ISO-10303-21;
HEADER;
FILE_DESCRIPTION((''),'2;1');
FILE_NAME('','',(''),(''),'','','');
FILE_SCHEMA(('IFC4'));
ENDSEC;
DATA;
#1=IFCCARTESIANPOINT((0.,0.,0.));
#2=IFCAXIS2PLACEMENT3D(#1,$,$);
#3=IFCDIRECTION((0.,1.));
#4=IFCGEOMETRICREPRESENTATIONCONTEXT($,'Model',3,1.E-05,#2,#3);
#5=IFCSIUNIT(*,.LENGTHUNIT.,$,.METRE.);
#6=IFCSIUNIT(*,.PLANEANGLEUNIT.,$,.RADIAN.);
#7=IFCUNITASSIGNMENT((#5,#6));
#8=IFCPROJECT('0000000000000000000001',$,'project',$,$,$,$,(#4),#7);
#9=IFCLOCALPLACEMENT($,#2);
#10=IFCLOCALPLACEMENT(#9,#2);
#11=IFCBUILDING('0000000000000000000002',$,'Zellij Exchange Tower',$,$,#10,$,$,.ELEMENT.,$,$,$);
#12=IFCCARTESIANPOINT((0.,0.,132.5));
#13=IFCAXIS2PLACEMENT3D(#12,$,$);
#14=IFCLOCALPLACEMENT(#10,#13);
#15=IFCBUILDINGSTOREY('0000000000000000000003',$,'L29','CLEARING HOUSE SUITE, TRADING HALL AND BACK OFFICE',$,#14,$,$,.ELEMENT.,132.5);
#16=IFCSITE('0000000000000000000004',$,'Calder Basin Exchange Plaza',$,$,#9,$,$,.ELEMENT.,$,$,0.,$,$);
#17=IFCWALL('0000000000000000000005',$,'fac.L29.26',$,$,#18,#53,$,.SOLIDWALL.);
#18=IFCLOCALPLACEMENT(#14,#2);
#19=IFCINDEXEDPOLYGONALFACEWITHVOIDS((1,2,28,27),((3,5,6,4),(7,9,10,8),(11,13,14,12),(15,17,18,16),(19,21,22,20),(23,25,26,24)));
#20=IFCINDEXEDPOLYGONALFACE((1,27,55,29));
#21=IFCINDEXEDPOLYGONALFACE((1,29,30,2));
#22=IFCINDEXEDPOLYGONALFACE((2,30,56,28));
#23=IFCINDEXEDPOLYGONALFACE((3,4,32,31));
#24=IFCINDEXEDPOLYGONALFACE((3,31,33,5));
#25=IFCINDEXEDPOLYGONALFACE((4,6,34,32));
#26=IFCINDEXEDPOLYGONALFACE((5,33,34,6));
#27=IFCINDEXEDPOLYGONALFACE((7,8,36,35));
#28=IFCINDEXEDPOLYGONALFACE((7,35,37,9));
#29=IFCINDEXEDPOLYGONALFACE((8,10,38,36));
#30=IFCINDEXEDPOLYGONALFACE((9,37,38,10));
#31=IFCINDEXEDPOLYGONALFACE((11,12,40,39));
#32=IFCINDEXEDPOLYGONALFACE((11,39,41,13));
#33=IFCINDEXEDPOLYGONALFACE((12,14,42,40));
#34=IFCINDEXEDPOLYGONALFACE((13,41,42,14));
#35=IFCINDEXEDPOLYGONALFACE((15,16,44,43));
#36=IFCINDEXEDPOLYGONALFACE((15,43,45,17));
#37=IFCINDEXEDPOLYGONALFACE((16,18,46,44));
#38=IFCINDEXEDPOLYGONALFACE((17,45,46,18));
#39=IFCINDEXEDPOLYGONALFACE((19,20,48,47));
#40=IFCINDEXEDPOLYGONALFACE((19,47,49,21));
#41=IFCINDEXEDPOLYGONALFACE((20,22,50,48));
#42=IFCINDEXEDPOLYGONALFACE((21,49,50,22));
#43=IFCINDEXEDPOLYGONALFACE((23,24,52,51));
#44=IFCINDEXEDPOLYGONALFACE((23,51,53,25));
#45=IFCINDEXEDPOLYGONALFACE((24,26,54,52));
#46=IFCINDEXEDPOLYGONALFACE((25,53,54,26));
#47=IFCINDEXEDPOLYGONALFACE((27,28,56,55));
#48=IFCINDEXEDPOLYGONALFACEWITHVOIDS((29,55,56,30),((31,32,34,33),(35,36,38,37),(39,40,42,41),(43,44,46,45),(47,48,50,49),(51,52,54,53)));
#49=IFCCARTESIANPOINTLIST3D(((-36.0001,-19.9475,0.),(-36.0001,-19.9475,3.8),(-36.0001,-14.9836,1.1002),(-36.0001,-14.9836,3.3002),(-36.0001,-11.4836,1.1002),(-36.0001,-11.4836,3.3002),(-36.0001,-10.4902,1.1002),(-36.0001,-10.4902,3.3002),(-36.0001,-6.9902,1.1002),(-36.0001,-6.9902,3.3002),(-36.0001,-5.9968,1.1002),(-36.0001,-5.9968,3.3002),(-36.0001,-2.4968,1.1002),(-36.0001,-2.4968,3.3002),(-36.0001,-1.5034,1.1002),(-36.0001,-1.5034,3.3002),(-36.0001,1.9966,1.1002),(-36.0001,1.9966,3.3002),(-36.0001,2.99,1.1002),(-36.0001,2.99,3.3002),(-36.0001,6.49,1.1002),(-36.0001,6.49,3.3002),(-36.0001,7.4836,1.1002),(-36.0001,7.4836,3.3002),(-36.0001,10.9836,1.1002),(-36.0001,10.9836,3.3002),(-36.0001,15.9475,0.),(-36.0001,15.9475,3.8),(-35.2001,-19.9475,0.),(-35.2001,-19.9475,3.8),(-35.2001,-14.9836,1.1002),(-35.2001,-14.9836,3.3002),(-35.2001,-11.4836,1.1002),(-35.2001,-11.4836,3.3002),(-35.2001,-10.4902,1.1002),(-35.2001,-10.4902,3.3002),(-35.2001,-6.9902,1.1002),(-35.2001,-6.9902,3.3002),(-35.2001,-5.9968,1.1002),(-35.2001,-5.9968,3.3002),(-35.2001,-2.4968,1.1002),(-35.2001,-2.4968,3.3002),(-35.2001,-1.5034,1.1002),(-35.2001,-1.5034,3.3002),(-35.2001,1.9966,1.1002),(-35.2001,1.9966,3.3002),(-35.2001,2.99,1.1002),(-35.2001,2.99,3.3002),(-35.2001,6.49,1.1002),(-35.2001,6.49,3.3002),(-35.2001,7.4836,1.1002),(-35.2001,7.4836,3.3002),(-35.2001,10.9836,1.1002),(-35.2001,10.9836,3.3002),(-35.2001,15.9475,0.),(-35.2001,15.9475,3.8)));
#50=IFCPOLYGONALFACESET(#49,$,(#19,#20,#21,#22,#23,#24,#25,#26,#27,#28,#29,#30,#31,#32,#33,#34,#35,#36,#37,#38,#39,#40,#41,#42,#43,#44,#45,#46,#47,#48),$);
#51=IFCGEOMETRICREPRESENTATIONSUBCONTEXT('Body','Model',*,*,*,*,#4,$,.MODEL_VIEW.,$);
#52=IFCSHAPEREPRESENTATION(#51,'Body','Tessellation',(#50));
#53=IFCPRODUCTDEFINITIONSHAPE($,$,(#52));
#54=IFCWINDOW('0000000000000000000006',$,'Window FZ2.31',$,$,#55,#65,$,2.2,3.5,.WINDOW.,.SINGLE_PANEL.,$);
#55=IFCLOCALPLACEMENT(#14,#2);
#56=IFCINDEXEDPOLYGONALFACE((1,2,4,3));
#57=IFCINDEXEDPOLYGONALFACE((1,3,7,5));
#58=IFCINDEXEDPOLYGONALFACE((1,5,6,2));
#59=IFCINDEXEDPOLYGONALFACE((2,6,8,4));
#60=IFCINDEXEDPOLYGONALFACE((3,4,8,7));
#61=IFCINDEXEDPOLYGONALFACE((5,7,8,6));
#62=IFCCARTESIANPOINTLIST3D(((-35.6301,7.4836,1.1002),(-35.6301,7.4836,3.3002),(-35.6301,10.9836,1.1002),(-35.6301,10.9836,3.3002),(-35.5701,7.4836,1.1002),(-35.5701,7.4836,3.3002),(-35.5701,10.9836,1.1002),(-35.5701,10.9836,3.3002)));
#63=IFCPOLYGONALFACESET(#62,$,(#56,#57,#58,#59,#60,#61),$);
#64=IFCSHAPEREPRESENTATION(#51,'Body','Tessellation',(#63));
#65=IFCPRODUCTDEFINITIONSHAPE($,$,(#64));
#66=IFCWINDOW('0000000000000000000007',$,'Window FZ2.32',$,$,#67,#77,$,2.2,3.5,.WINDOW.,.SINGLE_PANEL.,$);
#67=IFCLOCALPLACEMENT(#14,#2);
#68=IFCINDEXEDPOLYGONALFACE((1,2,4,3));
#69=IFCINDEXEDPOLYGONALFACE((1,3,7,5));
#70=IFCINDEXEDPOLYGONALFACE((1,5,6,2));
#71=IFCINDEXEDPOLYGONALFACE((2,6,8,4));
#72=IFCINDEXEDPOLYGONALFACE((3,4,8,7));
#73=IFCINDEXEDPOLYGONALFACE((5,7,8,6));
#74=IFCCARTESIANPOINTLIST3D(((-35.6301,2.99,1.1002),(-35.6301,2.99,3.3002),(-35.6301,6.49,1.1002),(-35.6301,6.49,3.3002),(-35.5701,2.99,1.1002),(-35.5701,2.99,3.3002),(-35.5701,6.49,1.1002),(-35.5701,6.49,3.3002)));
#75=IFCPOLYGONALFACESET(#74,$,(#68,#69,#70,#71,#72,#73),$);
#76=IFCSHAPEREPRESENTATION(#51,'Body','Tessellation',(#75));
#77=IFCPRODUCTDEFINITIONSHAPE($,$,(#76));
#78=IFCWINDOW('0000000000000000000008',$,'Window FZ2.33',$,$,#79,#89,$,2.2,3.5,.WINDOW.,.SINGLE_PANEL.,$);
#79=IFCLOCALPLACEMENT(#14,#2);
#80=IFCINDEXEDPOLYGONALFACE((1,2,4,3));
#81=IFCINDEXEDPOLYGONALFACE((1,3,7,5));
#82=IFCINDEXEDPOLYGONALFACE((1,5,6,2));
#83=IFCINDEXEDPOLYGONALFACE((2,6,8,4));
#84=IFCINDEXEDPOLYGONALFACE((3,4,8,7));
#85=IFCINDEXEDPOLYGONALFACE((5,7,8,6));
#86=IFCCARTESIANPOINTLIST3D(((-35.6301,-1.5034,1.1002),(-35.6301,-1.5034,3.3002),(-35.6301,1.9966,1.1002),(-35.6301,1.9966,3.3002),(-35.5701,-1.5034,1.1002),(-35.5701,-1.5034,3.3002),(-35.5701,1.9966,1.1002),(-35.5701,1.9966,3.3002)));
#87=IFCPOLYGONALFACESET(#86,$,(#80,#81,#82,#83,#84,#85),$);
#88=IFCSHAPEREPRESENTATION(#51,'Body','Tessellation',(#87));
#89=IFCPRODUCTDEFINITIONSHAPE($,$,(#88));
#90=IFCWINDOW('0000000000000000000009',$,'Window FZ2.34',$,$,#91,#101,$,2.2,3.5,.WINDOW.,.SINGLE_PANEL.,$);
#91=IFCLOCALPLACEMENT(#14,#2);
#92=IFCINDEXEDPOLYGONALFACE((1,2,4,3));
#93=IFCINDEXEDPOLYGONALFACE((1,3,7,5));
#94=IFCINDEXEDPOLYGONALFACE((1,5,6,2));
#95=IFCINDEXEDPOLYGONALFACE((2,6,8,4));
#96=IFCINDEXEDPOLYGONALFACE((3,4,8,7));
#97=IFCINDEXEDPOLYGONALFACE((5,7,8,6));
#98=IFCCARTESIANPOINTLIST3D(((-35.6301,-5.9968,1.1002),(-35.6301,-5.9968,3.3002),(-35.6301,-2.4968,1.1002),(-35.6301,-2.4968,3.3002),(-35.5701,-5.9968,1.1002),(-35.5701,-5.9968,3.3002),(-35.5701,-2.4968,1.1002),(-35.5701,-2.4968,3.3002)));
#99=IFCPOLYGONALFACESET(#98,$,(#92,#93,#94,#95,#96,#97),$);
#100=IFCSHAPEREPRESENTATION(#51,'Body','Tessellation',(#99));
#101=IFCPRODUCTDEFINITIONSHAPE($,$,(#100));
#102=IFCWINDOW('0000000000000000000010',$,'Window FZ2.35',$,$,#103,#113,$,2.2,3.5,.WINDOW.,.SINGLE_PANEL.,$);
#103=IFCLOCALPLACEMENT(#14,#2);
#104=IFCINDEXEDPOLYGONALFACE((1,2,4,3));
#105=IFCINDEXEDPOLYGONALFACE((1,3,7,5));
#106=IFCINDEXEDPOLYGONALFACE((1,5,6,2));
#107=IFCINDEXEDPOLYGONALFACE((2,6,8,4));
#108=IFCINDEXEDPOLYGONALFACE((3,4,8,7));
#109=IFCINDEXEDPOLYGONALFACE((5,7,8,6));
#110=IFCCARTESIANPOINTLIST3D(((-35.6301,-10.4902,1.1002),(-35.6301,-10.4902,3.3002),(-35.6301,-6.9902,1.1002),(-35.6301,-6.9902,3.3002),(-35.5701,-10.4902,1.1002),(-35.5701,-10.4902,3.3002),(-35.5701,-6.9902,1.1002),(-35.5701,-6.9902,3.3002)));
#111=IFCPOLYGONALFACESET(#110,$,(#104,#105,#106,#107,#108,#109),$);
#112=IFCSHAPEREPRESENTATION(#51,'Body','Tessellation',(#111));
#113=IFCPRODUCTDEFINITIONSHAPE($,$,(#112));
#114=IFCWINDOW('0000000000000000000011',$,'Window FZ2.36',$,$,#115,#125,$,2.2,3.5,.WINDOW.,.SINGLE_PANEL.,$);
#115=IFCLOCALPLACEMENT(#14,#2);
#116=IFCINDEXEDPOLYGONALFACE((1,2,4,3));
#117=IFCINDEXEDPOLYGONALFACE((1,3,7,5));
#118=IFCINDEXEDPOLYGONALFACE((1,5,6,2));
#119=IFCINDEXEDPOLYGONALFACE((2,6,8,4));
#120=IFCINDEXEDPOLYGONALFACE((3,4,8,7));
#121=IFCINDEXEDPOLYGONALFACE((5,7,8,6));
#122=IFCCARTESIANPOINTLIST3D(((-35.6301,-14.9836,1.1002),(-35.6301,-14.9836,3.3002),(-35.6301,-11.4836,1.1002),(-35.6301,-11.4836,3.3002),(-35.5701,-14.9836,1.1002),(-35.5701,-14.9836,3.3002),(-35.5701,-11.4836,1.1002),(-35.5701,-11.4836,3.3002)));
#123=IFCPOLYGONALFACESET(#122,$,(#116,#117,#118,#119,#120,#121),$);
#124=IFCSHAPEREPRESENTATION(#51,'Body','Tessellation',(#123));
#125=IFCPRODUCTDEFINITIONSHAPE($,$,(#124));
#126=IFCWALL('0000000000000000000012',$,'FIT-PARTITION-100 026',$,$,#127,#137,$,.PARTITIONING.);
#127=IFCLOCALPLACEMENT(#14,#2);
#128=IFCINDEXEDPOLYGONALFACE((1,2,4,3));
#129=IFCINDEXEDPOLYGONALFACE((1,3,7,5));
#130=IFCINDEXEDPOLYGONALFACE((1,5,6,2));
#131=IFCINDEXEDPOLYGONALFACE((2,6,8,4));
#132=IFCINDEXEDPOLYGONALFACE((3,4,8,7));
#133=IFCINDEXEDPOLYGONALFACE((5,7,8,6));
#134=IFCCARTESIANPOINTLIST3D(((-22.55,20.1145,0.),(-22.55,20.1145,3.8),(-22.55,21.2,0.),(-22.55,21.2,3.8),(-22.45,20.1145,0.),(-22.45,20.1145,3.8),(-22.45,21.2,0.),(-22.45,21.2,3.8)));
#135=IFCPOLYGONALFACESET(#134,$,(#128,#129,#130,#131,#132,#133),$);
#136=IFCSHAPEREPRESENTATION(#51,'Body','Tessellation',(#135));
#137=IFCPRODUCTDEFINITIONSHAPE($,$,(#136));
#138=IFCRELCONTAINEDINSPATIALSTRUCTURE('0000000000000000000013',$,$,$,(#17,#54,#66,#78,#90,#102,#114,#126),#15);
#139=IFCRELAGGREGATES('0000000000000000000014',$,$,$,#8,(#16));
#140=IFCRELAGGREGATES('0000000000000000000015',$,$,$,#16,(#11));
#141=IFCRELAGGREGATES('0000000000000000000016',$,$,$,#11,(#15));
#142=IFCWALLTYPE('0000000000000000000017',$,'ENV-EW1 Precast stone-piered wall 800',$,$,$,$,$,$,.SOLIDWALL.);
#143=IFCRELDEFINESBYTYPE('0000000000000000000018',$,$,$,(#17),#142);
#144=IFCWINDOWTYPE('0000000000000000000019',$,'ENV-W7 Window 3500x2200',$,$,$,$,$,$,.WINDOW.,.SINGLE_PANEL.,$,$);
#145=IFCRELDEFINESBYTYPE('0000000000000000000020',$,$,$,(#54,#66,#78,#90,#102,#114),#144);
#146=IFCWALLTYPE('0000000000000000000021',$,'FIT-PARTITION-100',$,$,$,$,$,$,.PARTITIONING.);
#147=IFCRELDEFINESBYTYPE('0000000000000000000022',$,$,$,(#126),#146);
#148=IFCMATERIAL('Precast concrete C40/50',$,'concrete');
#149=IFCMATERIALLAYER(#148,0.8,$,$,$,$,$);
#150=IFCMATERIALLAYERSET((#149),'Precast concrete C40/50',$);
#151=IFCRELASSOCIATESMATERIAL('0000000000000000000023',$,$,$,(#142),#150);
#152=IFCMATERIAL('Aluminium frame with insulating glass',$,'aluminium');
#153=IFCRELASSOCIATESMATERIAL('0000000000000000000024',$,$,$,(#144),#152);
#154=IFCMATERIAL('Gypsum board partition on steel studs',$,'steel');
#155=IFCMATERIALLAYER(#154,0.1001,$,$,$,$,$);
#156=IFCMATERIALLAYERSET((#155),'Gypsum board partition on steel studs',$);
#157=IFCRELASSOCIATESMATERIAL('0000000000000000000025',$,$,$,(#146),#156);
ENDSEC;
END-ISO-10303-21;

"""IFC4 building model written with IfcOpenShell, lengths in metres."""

from ifc_helpers import new_model, si_unit, direction, frame, frame_2d, origin, place, context, subcontext, project, spatial, rectangle, extrude, material, layer, layer_set, type_object, element, fill, save


model = new_model("IFC4")

# Units and contexts
model_context = context("Model", 3, precision=1e-05, world=origin(), true_north=direction((0.0, 1.0)))
body_context = subcontext(model_context, "Body", "Model", "MODEL_VIEW")
ifc_project = project(units=[si_unit("LENGTHUNIT", "METRE"), si_unit("PLANEANGLEUNIT", "RADIAN")], contexts=[model_context])

# Site, building, storey
site_placement = place(None, origin())
site = spatial("IfcSite", under=ifc_project, at=site_placement, Name="Calder Basin Exchange Plaza", CompositionType="ELEMENT", RefElevation=0.0)
building_placement = place(site_placement, origin())
building = spatial("IfcBuilding", under=site, at=building_placement, Name="Zellij Exchange Tower", CompositionType="ELEMENT")
storey_placement = place(building_placement, frame((0.0, 0.0, 132.5)))
storey = spatial("IfcBuildingStorey", under=building, at=storey_placement, Name="L29", Description="CLEARING HOUSE SUITE, TRADING HALL AND BACK OFFICE", CompositionType="ELEMENT", Elevation=132.5)

# Shared definitions
ifc_material_1 = material(Name="Precast concrete C40/50", Category="concrete")
ifc_layer_1 = layer(ifc_material_1, 0.8)
ifc_layer_set_1 = layer_set([ifc_layer_1], Name="Precast concrete C40/50")
wall_type_1 = type_object("IfcWallType", Name="ENV-EW1 Precast stone-piered wall 800", PredefinedType="SOLIDWALL", material=ifc_layer_set_1)

# Wall, openings, windows
wall_1_placement = place(storey_placement, frame((-35.6001, 15.9475, 0.0), z_axis=(0.0, 0.0, 1.0), x_axis=(0.0, -1.0, 0.0)))
wall_1 = element("IfcWall", 1, at=wall_1_placement, inside=storey, type_object=wall_type_1, Name="fac.L29.26", PredefinedType="SOLIDWALL", context=body_context, shape_type="SweptSolid", body=[
    extrude(rectangle(XDim=35.895, YDim=0.8, at=frame_2d((17.9475, 0.0))), origin(), (0.0, 0.0, 1.0), 3.8),
])
opening_1_placement = place(wall_1_placement, frame((4.9639, 0.0, 1.1001)))
opening_1 = element("IfcOpeningElement", 2, at=opening_1_placement, cuts=wall_1, PredefinedType="OPENING", context=body_context, shape_type="SweptSolid", body=[
    extrude(rectangle(XDim=3.5, YDim=2.2, at=frame_2d((1.75, 1.1001))), frame((0.0, 0.4121, 0.0), z_axis=(0.0, -1.0, 0.0), x_axis=(1.0, 0.0, 0.0)), (0.0, 0.0, 1.0), 0.824),
])
opening_2_placement = place(wall_1_placement, frame((9.4575, 0.0, 1.1001)))
opening_2 = element("IfcOpeningElement", 3, at=opening_2_placement, cuts=wall_1, PredefinedType="OPENING", context=body_context, shape_type="SweptSolid", body=[
    extrude(rectangle(XDim=3.5, YDim=2.2, at=frame_2d((1.75, 1.1001))), frame((0.0, 0.4121, 0.0), z_axis=(0.0, -1.0, 0.0), x_axis=(1.0, 0.0, 0.0)), (0.0, 0.0, 1.0), 0.824),
])
opening_3_placement = place(wall_1_placement, frame((13.9509, 0.0, 1.1001)))
opening_3 = element("IfcOpeningElement", 4, at=opening_3_placement, cuts=wall_1, PredefinedType="OPENING", context=body_context, shape_type="SweptSolid", body=[
    extrude(rectangle(XDim=3.5, YDim=2.2, at=frame_2d((1.75, 1.1001))), frame((0.0, 0.4121, 0.0), z_axis=(0.0, -1.0, 0.0), x_axis=(1.0, 0.0, 0.0)), (0.0, 0.0, 1.0), 0.824),
])
opening_4_placement = place(wall_1_placement, frame((18.4443, 0.0, 1.1001)))
opening_4 = element("IfcOpeningElement", 5, at=opening_4_placement, cuts=wall_1, PredefinedType="OPENING", context=body_context, shape_type="SweptSolid", body=[
    extrude(rectangle(XDim=3.5, YDim=2.2, at=frame_2d((1.75, 1.1001))), frame((0.0, 0.4121, 0.0), z_axis=(0.0, -1.0, 0.0), x_axis=(1.0, 0.0, 0.0)), (0.0, 0.0, 1.0), 0.824),
])
opening_5_placement = place(wall_1_placement, frame((22.9377, 0.0, 1.1001)))
opening_5 = element("IfcOpeningElement", 6, at=opening_5_placement, cuts=wall_1, PredefinedType="OPENING", context=body_context, shape_type="SweptSolid", body=[
    extrude(rectangle(XDim=3.5, YDim=2.2, at=frame_2d((1.75, 1.1001))), frame((0.0, 0.4121, 0.0), z_axis=(0.0, -1.0, 0.0), x_axis=(1.0, 0.0, 0.0)), (0.0, 0.0, 1.0), 0.824),
])
opening_6_placement = place(wall_1_placement, frame((27.4312, 0.0, 1.1001)))
opening_6 = element("IfcOpeningElement", 7, at=opening_6_placement, cuts=wall_1, PredefinedType="OPENING", context=body_context, shape_type="SweptSolid", body=[
    extrude(rectangle(XDim=3.5, YDim=2.2, at=frame_2d((1.75, 1.1001))), frame((0.0, 0.4121, 0.0), z_axis=(0.0, -1.0, 0.0), x_axis=(1.0, 0.0, 0.0)), (0.0, 0.0, 1.0), 0.824),
])
ifc_material_2 = material(Name="Aluminium frame with insulating glass", Category="aluminium")
window_type = type_object("IfcWindowType", Name="ENV-W7 Window 3500x2200", PartitioningType="SINGLE_PANEL", PredefinedType="WINDOW", material=ifc_material_2)
window_1_placement = place(opening_1_placement, origin())
window_1 = element("IfcWindow", 8, at=window_1_placement, inside=storey, type_object=window_type, Name="Window FZ2.31", OverallHeight=2.2, OverallWidth=3.5, PartitioningType="SINGLE_PANEL", PredefinedType="WINDOW", context=body_context, shape_type="SweptSolid", body=[
    extrude(rectangle(XDim=3.5, YDim=2.2, at=frame_2d((1.75, 1.1001))), frame((0.0, 0.03, 0.0), z_axis=(0.0, -1.0, 0.0), x_axis=(1.0, 0.0, 0.0)), (0.0, 0.0, 1.0), 0.0601),
])
fill(opening_1, window_1)
window_2_placement = place(opening_2_placement, origin())
window_2 = element("IfcWindow", 9, at=window_2_placement, inside=storey, type_object=window_type, Name="Window FZ2.32", OverallHeight=2.2, OverallWidth=3.5, PartitioningType="SINGLE_PANEL", PredefinedType="WINDOW", context=body_context, shape_type="SweptSolid", body=[
    extrude(rectangle(XDim=3.5, YDim=2.2, at=frame_2d((1.75, 1.1001))), frame((0.0, 0.03, 0.0), z_axis=(0.0, -1.0, 0.0), x_axis=(1.0, 0.0, 0.0)), (0.0, 0.0, 1.0), 0.0601),
])
fill(opening_2, window_2)
window_3_placement = place(opening_3_placement, origin())
window_3 = element("IfcWindow", 10, at=window_3_placement, inside=storey, type_object=window_type, Name="Window FZ2.33", OverallHeight=2.2, OverallWidth=3.5, PartitioningType="SINGLE_PANEL", PredefinedType="WINDOW", context=body_context, shape_type="SweptSolid", body=[
    extrude(rectangle(XDim=3.5, YDim=2.2, at=frame_2d((1.75, 1.1001))), frame((0.0, 0.03, 0.0), z_axis=(0.0, -1.0, 0.0), x_axis=(1.0, 0.0, 0.0)), (0.0, 0.0, 1.0), 0.0601),
])
fill(opening_3, window_3)
window_4_placement = place(opening_4_placement, origin())
window_4 = element("IfcWindow", 11, at=window_4_placement, inside=storey, type_object=window_type, Name="Window FZ2.34", OverallHeight=2.2, OverallWidth=3.5, PartitioningType="SINGLE_PANEL", PredefinedType="WINDOW", context=body_context, shape_type="SweptSolid", body=[
    extrude(rectangle(XDim=3.5, YDim=2.2, at=frame_2d((1.75, 1.1001))), frame((0.0, 0.03, 0.0), z_axis=(0.0, -1.0, 0.0), x_axis=(1.0, 0.0, 0.0)), (0.0, 0.0, 1.0), 0.0601),
])
fill(opening_4, window_4)
window_5_placement = place(opening_5_placement, origin())
window_5 = element("IfcWindow", 12, at=window_5_placement, inside=storey, type_object=window_type, Name="Window FZ2.35", OverallHeight=2.2, OverallWidth=3.5, PartitioningType="SINGLE_PANEL", PredefinedType="WINDOW", context=body_context, shape_type="SweptSolid", body=[
    extrude(rectangle(XDim=3.5, YDim=2.2, at=frame_2d((1.75, 1.1001))), frame((0.0, 0.03, 0.0), z_axis=(0.0, -1.0, 0.0), x_axis=(1.0, 0.0, 0.0)), (0.0, 0.0, 1.0), 0.0601),
])
fill(opening_5, window_5)
window_6_placement = place(opening_6_placement, origin())
window_6 = element("IfcWindow", 13, at=window_6_placement, inside=storey, type_object=window_type, Name="Window FZ2.36", OverallHeight=2.2, OverallWidth=3.5, PartitioningType="SINGLE_PANEL", PredefinedType="WINDOW", context=body_context, shape_type="SweptSolid", body=[
    extrude(rectangle(XDim=3.5, YDim=2.2, at=frame_2d((1.75, 1.1001))), frame((0.0, 0.03, 0.0), z_axis=(0.0, -1.0, 0.0), x_axis=(1.0, 0.0, 0.0)), (0.0, 0.0, 1.0), 0.0601),
])
fill(opening_6, window_6)

# Wall
ifc_material_3 = material(Name="Gypsum board partition on steel studs", Category="steel")
ifc_layer_2 = layer(ifc_material_3, 0.1001)
ifc_layer_set_2 = layer_set([ifc_layer_2], Name="Gypsum board partition on steel studs")
wall_type_2 = type_object("IfcWallType", Name="FIT-PARTITION-100", PredefinedType="PARTITIONING", material=ifc_layer_set_2)
wall_2_placement = place(storey_placement, frame((-22.5, 20.1145, 0.0), z_axis=(0.0, 0.0, 1.0), x_axis=(0.0, 1.0, 0.0)))
element("IfcWall", 14, at=wall_2_placement, inside=storey, type_object=wall_type_2, Name="FIT-PARTITION-100 026", PredefinedType="PARTITIONING", context=body_context, shape_type="SweptSolid", body=[
    extrude(rectangle(XDim=1.0854, YDim=0.1001, at=frame_2d((0.5427, 0.0))), origin(), (0.0, 0.0, 1.0), 3.8),
])

save(model, "model.ifc")
